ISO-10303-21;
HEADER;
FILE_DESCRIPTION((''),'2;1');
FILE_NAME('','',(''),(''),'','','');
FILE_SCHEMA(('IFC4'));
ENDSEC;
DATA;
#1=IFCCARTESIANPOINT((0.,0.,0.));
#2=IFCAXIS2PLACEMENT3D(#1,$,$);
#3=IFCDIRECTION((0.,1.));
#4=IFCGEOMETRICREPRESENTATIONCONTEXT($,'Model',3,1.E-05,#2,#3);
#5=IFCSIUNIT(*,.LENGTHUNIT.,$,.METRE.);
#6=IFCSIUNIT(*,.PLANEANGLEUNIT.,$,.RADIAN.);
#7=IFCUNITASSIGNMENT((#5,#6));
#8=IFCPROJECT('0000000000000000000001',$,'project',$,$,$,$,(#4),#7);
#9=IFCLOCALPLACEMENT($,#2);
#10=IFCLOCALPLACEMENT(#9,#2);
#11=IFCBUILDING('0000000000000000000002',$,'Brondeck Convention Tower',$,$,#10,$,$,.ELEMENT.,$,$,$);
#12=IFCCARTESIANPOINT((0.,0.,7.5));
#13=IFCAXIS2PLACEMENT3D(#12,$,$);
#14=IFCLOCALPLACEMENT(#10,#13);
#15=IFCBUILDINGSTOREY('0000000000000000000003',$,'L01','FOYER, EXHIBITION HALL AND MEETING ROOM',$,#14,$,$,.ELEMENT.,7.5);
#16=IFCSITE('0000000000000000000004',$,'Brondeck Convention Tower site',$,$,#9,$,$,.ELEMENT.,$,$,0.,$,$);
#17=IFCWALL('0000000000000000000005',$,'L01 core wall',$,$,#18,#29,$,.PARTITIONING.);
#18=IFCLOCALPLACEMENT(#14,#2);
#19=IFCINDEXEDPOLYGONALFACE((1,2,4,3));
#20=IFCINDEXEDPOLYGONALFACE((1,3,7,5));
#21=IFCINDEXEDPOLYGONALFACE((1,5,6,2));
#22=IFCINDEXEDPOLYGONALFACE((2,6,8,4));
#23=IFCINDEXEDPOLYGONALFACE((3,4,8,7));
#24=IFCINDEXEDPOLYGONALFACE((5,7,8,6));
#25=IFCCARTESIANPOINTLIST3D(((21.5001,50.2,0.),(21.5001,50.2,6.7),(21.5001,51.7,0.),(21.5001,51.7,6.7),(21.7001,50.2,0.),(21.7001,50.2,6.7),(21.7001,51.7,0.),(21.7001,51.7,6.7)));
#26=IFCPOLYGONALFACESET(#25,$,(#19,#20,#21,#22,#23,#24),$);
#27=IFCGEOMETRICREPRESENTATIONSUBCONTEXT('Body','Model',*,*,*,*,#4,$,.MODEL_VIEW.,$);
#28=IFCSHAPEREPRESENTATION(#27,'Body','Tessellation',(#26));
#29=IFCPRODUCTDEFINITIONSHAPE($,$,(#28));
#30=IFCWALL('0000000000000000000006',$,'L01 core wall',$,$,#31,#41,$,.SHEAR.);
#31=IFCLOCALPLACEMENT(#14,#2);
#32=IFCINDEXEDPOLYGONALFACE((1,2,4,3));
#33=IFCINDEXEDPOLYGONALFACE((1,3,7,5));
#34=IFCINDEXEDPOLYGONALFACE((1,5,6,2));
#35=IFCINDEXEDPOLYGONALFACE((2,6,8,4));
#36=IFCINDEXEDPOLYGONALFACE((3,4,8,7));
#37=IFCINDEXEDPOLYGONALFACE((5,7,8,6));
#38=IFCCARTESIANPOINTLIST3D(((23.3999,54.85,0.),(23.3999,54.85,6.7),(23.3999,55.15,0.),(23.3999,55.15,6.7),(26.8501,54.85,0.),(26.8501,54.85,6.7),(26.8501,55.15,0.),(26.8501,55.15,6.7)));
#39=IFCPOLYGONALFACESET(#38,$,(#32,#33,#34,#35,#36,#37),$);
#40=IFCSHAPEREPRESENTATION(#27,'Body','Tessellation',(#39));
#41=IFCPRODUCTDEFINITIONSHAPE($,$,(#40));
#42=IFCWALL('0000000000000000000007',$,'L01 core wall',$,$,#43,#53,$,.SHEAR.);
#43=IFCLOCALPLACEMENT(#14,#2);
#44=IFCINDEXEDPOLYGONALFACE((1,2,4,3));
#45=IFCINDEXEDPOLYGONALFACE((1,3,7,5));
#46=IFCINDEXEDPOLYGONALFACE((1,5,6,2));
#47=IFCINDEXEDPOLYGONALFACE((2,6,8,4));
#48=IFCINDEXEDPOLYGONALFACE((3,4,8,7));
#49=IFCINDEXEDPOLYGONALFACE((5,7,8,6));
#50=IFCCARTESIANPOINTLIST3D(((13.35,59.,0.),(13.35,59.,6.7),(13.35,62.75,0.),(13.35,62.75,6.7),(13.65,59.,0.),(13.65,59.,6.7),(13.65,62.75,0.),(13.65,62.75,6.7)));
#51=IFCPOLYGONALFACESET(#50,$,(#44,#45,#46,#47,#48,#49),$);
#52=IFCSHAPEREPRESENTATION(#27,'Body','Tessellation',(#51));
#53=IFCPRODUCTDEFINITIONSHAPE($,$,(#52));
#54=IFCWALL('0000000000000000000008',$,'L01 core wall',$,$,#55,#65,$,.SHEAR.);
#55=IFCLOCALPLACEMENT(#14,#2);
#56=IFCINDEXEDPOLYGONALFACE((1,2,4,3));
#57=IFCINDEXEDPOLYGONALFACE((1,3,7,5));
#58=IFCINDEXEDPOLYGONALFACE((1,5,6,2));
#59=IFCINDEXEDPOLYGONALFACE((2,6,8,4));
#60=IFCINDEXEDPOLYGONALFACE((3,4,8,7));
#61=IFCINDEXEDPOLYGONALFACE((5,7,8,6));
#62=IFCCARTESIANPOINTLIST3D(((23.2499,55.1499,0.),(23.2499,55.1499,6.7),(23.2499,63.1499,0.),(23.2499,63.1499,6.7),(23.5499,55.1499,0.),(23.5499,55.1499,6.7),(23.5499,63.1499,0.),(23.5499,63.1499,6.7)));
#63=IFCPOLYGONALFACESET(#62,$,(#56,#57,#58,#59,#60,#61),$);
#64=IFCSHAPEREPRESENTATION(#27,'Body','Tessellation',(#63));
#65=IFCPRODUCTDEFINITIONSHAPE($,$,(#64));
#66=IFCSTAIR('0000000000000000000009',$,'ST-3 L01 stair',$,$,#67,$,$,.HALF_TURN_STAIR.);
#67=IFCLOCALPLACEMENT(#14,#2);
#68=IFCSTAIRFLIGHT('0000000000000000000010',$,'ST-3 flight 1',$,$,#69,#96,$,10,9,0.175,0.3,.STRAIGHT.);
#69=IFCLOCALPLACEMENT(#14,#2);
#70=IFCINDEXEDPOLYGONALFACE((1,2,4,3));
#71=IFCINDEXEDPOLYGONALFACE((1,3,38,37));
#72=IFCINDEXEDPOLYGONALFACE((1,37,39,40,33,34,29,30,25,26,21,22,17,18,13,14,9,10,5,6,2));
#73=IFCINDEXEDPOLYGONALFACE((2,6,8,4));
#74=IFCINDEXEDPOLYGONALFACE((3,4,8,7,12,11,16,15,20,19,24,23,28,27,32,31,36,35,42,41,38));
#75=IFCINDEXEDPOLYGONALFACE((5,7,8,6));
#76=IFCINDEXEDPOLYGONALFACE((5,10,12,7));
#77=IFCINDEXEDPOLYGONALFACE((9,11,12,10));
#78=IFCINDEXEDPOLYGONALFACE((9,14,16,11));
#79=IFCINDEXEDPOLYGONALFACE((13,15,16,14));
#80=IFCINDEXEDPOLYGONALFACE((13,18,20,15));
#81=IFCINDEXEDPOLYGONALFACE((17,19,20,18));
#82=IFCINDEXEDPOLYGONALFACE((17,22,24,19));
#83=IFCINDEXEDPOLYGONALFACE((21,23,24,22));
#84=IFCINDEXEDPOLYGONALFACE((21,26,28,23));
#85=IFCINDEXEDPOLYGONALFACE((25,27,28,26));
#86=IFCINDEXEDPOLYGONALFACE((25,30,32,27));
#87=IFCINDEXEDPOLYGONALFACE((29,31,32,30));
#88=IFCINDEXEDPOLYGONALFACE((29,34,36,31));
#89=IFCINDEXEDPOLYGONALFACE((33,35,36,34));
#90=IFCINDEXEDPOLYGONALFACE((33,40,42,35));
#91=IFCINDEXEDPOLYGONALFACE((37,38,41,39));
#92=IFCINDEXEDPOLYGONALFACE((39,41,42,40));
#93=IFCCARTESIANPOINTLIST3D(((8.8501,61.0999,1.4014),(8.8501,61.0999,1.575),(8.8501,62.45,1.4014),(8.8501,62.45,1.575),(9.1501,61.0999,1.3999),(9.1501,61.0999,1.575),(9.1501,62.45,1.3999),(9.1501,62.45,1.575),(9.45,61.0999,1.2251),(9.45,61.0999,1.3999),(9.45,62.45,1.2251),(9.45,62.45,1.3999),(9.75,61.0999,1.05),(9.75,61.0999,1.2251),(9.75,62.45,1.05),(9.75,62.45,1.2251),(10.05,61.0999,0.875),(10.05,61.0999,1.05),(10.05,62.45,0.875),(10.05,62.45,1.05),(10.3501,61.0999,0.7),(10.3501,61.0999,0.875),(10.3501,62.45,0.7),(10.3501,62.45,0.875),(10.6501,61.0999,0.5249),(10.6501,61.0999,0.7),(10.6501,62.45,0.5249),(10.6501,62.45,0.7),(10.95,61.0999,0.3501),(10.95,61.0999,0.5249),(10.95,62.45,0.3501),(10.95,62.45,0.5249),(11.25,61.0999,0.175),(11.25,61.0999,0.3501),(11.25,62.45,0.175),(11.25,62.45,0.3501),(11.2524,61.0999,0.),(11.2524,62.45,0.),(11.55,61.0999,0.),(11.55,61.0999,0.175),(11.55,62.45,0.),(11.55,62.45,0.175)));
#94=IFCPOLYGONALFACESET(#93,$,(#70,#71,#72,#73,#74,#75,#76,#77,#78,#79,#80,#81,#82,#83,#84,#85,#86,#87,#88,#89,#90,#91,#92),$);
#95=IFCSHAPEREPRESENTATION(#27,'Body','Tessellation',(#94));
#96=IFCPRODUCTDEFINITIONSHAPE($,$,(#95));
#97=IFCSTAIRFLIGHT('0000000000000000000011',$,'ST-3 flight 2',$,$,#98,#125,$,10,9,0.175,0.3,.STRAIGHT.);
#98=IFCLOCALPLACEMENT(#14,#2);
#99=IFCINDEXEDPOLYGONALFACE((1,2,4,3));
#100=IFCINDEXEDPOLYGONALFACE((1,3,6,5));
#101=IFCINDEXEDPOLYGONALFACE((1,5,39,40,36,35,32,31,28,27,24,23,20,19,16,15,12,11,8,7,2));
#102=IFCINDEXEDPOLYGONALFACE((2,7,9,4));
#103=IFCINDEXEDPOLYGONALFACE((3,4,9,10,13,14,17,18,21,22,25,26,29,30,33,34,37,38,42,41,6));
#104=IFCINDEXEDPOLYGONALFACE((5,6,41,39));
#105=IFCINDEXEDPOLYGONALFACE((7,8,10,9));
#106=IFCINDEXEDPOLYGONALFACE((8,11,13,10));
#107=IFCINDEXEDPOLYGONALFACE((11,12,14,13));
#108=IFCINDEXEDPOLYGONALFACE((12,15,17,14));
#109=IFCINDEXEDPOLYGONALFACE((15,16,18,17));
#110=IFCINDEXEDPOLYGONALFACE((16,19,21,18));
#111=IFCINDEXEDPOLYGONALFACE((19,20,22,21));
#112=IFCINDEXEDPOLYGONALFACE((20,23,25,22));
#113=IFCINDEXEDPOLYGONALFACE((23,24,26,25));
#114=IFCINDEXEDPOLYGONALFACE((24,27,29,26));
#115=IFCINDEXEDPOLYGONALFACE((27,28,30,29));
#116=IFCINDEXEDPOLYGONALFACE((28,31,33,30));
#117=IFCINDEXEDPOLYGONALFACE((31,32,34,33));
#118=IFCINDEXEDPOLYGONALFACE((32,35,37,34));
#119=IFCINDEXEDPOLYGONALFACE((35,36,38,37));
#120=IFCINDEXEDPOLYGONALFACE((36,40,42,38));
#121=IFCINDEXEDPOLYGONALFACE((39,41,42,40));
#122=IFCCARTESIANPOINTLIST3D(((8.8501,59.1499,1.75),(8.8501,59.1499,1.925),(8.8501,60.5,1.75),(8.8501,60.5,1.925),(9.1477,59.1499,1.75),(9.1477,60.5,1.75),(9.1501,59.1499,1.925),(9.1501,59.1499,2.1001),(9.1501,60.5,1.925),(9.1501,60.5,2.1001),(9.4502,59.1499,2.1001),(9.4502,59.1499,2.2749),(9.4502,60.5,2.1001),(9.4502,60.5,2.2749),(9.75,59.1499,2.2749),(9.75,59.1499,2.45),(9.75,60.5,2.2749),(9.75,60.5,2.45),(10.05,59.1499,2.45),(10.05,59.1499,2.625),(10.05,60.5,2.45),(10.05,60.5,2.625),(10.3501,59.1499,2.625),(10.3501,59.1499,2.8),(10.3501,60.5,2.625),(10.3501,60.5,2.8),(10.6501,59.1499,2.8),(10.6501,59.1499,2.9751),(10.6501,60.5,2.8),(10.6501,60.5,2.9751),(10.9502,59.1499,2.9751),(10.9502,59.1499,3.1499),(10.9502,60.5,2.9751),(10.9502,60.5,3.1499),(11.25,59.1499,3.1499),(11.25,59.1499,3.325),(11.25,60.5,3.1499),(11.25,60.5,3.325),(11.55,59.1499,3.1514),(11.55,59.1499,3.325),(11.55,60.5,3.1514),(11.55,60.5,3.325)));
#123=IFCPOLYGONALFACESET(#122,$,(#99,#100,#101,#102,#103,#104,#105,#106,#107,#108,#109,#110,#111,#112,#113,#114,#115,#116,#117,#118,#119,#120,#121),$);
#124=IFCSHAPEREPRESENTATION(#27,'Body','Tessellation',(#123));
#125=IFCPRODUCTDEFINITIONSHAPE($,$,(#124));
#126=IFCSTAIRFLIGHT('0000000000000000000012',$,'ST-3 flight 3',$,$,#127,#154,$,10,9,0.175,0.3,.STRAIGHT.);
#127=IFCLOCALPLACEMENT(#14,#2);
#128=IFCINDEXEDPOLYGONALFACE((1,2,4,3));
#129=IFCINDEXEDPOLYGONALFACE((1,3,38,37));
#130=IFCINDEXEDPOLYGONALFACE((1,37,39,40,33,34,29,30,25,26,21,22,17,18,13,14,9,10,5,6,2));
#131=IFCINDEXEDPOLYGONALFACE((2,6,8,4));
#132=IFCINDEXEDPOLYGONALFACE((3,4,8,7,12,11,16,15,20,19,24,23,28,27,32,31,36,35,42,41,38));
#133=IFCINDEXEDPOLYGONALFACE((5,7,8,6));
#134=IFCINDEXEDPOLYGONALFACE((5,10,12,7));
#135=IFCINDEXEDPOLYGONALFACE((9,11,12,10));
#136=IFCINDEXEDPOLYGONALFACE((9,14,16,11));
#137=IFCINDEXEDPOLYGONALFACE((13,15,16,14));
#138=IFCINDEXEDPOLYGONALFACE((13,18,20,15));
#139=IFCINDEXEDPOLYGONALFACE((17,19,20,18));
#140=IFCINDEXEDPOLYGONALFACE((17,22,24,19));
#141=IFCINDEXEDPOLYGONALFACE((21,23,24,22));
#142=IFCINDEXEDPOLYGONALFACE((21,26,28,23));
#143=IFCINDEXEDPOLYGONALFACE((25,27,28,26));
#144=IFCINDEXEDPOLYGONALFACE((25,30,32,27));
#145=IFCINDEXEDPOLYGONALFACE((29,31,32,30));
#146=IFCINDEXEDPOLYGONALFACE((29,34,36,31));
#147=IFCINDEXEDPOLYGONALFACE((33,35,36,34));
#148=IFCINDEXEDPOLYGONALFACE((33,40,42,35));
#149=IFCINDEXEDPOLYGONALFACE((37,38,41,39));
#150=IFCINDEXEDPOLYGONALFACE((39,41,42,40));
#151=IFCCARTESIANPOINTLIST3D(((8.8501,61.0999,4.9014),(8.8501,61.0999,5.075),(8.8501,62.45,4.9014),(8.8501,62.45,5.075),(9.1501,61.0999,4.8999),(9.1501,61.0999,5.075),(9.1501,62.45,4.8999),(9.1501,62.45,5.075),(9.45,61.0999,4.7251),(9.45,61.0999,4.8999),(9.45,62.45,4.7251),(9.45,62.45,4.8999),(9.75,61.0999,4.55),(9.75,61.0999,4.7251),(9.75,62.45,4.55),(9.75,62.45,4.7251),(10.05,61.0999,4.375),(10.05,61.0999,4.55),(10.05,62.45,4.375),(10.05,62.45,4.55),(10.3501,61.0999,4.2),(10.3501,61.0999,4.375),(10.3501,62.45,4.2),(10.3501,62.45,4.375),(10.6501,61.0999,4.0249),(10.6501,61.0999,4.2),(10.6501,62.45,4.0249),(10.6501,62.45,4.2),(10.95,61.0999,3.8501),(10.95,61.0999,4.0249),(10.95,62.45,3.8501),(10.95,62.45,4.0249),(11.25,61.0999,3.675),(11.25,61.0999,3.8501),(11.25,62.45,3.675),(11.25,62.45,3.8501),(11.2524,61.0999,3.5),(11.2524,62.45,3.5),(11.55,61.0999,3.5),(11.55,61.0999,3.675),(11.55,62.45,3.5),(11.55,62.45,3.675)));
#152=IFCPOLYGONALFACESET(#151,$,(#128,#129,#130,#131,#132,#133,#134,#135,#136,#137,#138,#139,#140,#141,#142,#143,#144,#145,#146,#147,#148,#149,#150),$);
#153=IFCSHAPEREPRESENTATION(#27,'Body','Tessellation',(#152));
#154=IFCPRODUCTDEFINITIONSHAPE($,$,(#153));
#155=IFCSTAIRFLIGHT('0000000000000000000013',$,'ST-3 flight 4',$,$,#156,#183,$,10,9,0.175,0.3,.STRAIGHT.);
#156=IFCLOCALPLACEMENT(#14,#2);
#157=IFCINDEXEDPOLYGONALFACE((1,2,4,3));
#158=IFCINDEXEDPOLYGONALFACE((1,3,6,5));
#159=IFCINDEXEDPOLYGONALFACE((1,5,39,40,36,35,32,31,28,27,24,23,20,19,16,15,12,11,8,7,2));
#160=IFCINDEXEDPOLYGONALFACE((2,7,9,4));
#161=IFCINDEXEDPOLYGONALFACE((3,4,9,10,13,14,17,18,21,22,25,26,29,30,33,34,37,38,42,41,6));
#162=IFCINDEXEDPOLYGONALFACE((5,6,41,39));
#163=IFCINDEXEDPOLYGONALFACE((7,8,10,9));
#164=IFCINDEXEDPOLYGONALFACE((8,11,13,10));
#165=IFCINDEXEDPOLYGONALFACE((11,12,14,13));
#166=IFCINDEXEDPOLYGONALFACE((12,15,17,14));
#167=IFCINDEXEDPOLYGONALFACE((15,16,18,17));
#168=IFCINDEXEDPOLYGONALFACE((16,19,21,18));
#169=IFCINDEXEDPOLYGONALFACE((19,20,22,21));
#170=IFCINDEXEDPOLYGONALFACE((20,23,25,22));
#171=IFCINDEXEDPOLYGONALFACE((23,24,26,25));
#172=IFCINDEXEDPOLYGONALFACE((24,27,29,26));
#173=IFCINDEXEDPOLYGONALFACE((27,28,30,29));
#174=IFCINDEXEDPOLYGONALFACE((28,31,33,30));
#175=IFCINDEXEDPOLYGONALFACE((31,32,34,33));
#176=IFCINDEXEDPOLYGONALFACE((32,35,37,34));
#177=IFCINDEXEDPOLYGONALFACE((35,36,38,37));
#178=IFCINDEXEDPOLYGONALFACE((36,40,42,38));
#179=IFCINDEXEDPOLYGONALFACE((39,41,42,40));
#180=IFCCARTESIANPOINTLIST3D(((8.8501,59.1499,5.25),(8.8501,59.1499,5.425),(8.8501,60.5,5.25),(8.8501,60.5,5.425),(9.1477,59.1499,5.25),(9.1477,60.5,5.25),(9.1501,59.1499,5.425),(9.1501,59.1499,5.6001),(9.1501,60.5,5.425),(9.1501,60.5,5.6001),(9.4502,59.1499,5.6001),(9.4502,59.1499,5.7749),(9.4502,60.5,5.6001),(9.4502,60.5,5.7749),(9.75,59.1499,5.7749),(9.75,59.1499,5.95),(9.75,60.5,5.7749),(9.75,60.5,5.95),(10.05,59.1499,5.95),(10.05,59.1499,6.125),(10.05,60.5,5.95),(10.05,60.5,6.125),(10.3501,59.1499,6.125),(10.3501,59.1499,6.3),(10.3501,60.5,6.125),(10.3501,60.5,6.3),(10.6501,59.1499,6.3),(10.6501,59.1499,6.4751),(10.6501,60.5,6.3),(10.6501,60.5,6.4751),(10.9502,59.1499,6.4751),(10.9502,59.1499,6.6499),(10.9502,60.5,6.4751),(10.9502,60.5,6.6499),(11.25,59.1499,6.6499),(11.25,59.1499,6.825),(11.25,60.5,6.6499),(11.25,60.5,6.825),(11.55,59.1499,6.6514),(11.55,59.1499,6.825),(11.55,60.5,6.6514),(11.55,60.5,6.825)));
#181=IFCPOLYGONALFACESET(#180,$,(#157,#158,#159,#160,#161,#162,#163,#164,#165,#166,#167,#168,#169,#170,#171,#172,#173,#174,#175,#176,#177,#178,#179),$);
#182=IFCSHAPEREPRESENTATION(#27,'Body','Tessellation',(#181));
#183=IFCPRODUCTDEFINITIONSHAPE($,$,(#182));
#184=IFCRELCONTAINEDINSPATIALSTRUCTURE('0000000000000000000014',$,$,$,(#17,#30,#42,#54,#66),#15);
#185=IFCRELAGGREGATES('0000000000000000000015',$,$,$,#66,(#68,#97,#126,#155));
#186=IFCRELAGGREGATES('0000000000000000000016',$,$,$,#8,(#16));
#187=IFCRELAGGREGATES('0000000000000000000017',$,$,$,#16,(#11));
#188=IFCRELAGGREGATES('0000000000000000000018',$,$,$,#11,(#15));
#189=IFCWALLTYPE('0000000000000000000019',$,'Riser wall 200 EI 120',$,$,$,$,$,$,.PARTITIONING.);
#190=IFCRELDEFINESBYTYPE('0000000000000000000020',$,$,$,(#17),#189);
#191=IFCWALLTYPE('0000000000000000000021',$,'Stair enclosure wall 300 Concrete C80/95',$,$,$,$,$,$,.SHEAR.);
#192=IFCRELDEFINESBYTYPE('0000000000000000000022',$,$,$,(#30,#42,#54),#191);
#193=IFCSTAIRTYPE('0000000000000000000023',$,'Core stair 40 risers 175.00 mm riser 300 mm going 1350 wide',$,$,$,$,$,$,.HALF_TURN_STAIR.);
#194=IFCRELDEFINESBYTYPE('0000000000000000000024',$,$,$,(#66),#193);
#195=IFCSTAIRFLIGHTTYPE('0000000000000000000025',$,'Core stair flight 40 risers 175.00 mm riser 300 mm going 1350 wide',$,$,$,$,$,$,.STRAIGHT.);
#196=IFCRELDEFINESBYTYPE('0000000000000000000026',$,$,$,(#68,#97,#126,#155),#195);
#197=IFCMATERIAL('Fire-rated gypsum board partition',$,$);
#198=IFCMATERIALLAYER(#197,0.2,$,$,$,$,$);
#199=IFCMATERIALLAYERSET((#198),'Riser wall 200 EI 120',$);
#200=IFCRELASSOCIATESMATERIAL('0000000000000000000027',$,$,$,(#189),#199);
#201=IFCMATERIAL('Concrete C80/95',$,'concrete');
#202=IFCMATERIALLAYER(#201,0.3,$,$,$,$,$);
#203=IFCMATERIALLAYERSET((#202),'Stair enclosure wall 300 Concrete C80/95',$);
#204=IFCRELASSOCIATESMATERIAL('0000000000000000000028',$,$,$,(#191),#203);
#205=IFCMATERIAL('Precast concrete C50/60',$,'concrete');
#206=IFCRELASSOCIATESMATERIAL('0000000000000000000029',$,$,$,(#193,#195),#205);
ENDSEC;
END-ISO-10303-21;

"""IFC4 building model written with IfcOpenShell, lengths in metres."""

from ifc_helpers import new_model, si_unit, direction, frame, frame_2d, origin, place, context, subcontext, project, spatial, polyline, rectangle, outline, extrude, material, layer, layer_set, type_object, element, aggregate, save


model = new_model("IFC4")

# Units and contexts
model_context = context("Model", 3, precision=1e-05, world=origin(), true_north=direction((0.0, 1.0)))
body_context = subcontext(model_context, "Body", "Model", "MODEL_VIEW")
ifc_project = project(units=[si_unit("LENGTHUNIT", "METRE"), si_unit("PLANEANGLEUNIT", "RADIAN")], contexts=[model_context])

# Site, building, storey
site_placement = place(None, origin())
site = spatial("IfcSite", under=ifc_project, at=site_placement, Name="Brondeck Convention Tower site", CompositionType="ELEMENT", RefElevation=0.0)
building_placement = place(site_placement, origin())
building = spatial("IfcBuilding", under=site, at=building_placement, Name="Brondeck Convention Tower", CompositionType="ELEMENT")
storey_placement = place(building_placement, frame((0.0, 0.0, 7.5)))
storey = spatial("IfcBuildingStorey", under=building, at=storey_placement, Name="L01", Description="FOYER, EXHIBITION HALL AND MEETING ROOM", CompositionType="ELEMENT", Elevation=7.5)

# Shared definitions
ifc_material_1 = material(Name="Concrete C80/95", Category="concrete")

# Shared definitions
ifc_material_2 = material(Name="Fire-rated gypsum board partition")

# Walls
ifc_layer_1 = layer(ifc_material_2, 0.2)
ifc_layer_set_1 = layer_set([ifc_layer_1], Name="Riser wall 200 EI 120")
wall_type_1 = type_object("IfcWallType", Name="Riser wall 200 EI 120", PredefinedType="PARTITIONING", material=ifc_layer_set_1)
wall_1_placement = place(storey_placement, frame((21.6001, 50.2, 0.0), z_axis=(0.0, 0.0, 1.0), x_axis=(0.0, 1.0, 0.0)))
element("IfcWall", 1, at=wall_1_placement, inside=storey, type_object=wall_type_1, Name="L01 core wall", PredefinedType="PARTITIONING", context=body_context, shape_type="SweptSolid", body=[
    extrude(rectangle(XDim=1.5, YDim=0.2, at=frame_2d((0.75, 0.0))), origin(), (0.0, 0.0, 1.0), 6.7),
])
ifc_layer_2 = layer(ifc_material_1, 0.3)
ifc_layer_set_2 = layer_set([ifc_layer_2], Name="Stair enclosure wall 300 Concrete C80/95")
wall_type_2 = type_object("IfcWallType", Name="Stair enclosure wall 300 Concrete C80/95", PredefinedType="SHEAR", material=ifc_layer_set_2)
wall_2_placement = place(storey_placement, frame((23.3999, 55.0, 0.0), z_axis=(0.0, 0.0, 1.0), x_axis=(1.0, 0.0, 0.0)))
element("IfcWall", 2, at=wall_2_placement, inside=storey, type_object=wall_type_2, Name="L01 core wall", PredefinedType="SHEAR", context=body_context, shape_type="SweptSolid", body=[
    extrude(rectangle(XDim=3.4502, YDim=0.3, at=frame_2d((1.7251, 0.0))), origin(), (0.0, 0.0, 1.0), 6.7),
])
wall_3_placement = place(storey_placement, frame((13.5, 59.0, 0.0), z_axis=(0.0, 0.0, 1.0), x_axis=(0.0, 1.0, 0.0)))
element("IfcWall", 3, at=wall_3_placement, inside=storey, type_object=wall_type_2, Name="L01 core wall", PredefinedType="SHEAR", context=body_context, shape_type="SweptSolid", body=[
    extrude(rectangle(XDim=3.75, YDim=0.3, at=frame_2d((1.875, 0.0))), origin(), (0.0, 0.0, 1.0), 6.7),
])
wall_4_placement = place(storey_placement, frame((23.3999, 55.1499, 0.0), z_axis=(0.0, 0.0, 1.0), x_axis=(0.0, 1.0, 0.0)))
element("IfcWall", 4, at=wall_4_placement, inside=storey, type_object=wall_type_2, Name="L01 core wall", PredefinedType="SHEAR", context=body_context, shape_type="SweptSolid", body=[
    extrude(rectangle(XDim=8.0, YDim=0.3, at=frame_2d((4.0, 0.0))), origin(), (0.0, 0.0, 1.0), 6.7),
])

# Stair, stair flights
ifc_material_3 = material(Name="Precast concrete C50/60", Category="concrete")
stair_type = type_object("IfcStairType", Name="Core stair 40 risers 175.00 mm riser 300 mm going 1350 wide", PredefinedType="HALF_TURN_STAIR", material=ifc_material_3)
stair_placement = place(storey_placement, origin())
stair = element("IfcStair", 5, at=stair_placement, inside=storey, type_object=stair_type, Name="ST-3 L01 stair", PredefinedType="HALF_TURN_STAIR")
stair_flight_type = type_object("IfcStairFlightType", Name="Core stair flight 40 risers 175.00 mm riser 300 mm going 1350 wide", PredefinedType="STRAIGHT", material=ifc_material_3)
stair_flight_1_placement = place(storey_placement, frame((11.55, 61.7749, 0.0), z_axis=(0.0, 0.0, 1.0), x_axis=(-1.0, 0.0, 0.0)))
stair_flight_1 = element("IfcStairFlight", 6, at=stair_flight_1_placement, type_object=stair_flight_type, Name="ST-3 flight 1", NumberOfRisers=10, NumberOfTreads=9, PredefinedType="STRAIGHT", RiserHeight=0.175, TreadLength=0.3, context=body_context, shape_type="SweptSolid", body=[
    extrude(outline(polyline([(0.0, 0.0), (0.0, 0.175), (0.3, 0.175), (0.3, 0.3501), (0.6001, 0.3501), (0.6001, 0.5249), (0.8999, 0.5249), (0.8999, 0.7), (1.2, 0.7), (1.2, 0.875), (1.5, 0.875), (1.5, 1.05), (1.8, 1.05), (1.8, 1.2251), (2.1001, 1.2251), (2.1001, 1.3999), (2.3999, 1.3999), (2.3999, 1.575), (2.7, 1.575), (2.7, 1.75), (2.7, 1.4014), (0.2976, 0.0), (0.0, 0.0)])), frame((0.0, 0.675, 0.0), z_axis=(0.0, -1.0, 0.0), x_axis=(1.0, 0.0, 0.0)), (0.0, 0.0, 1.0), 1.3501),
])
stair_flight_2_placement = place(storey_placement, frame((8.8501, 59.825, 1.75), z_axis=(0.0, 0.0, 1.0), x_axis=(1.0, 0.0, 0.0)))
stair_flight_2 = element("IfcStairFlight", 7, at=stair_flight_2_placement, type_object=stair_flight_type, Name="ST-3 flight 2", NumberOfRisers=10, NumberOfTreads=9, PredefinedType="STRAIGHT", RiserHeight=0.175, TreadLength=0.3, context=body_context, shape_type="SweptSolid", body=[
    extrude(outline(polyline([(0.0, 0.0), (0.0, 0.175), (0.3, 0.175), (0.3, 0.3501), (0.6001, 0.3501), (0.6001, 0.5249), (0.8999, 0.5249), (0.8999, 0.7), (1.2, 0.7), (1.2, 0.875), (1.5, 0.875), (1.5, 1.05), (1.8, 1.05), (1.8, 1.2251), (2.1001, 1.2251), (2.1001, 1.3999), (2.3999, 1.3999), (2.3999, 1.575), (2.7, 1.575), (2.7, 1.75), (2.7, 1.4014), (0.2976, 0.0), (0.0, 0.0)])), frame((0.0, 0.675, 0.0), z_axis=(0.0, -1.0, 0.0), x_axis=(1.0, 0.0, 0.0)), (0.0, 0.0, 1.0), 1.3501),
])
stair_flight_3_placement = place(storey_placement, frame((11.55, 61.7749, 3.5), z_axis=(0.0, 0.0, 1.0), x_axis=(-1.0, 0.0, 0.0)))
stair_flight_3 = element("IfcStairFlight", 8, at=stair_flight_3_placement, type_object=stair_flight_type, Name="ST-3 flight 3", NumberOfRisers=10, NumberOfTreads=9, PredefinedType="STRAIGHT", RiserHeight=0.175, TreadLength=0.3, context=body_context, shape_type="SweptSolid", body=[
    extrude(outline(polyline([(0.0, 0.0), (0.0, 0.175), (0.3, 0.175), (0.3, 0.3501), (0.6001, 0.3501), (0.6001, 0.5249), (0.8999, 0.5249), (0.8999, 0.7), (1.2, 0.7), (1.2, 0.875), (1.5, 0.875), (1.5, 1.05), (1.8, 1.05), (1.8, 1.2251), (2.1001, 1.2251), (2.1001, 1.3999), (2.3999, 1.3999), (2.3999, 1.575), (2.7, 1.575), (2.7, 1.75), (2.7, 1.4014), (0.2976, 0.0), (0.0, 0.0)])), frame((0.0, 0.675, 0.0), z_axis=(0.0, -1.0, 0.0), x_axis=(1.0, 0.0, 0.0)), (0.0, 0.0, 1.0), 1.3501),
])
stair_flight_4_placement = place(storey_placement, frame((8.8501, 59.825, 5.25), z_axis=(0.0, 0.0, 1.0), x_axis=(1.0, 0.0, 0.0)))
stair_flight_4 = element("IfcStairFlight", 9, at=stair_flight_4_placement, type_object=stair_flight_type, Name="ST-3 flight 4", NumberOfRisers=10, NumberOfTreads=9, PredefinedType="STRAIGHT", RiserHeight=0.175, TreadLength=0.3, context=body_context, shape_type="SweptSolid", body=[
    extrude(outline(polyline([(0.0, 0.0), (0.0, 0.175), (0.3, 0.175), (0.3, 0.3501), (0.6001, 0.3501), (0.6001, 0.5249), (0.8999, 0.5249), (0.8999, 0.7), (1.2, 0.7), (1.2, 0.875), (1.5, 0.875), (1.5, 1.05), (1.8, 1.05), (1.8, 1.2251), (2.1001, 1.2251), (2.1001, 1.3999), (2.3999, 1.3999), (2.3999, 1.575), (2.7, 1.575), (2.7, 1.75), (2.7, 1.4014), (0.2976, 0.0), (0.0, 0.0)])), frame((0.0, 0.675, 0.0), z_axis=(0.0, -1.0, 0.0), x_axis=(1.0, 0.0, 0.0)), (0.0, 0.0, 1.0), 1.3501),
])
aggregate(stair, [stair_flight_1, stair_flight_2, stair_flight_3, stair_flight_4])

save(model, "model.ifc")
